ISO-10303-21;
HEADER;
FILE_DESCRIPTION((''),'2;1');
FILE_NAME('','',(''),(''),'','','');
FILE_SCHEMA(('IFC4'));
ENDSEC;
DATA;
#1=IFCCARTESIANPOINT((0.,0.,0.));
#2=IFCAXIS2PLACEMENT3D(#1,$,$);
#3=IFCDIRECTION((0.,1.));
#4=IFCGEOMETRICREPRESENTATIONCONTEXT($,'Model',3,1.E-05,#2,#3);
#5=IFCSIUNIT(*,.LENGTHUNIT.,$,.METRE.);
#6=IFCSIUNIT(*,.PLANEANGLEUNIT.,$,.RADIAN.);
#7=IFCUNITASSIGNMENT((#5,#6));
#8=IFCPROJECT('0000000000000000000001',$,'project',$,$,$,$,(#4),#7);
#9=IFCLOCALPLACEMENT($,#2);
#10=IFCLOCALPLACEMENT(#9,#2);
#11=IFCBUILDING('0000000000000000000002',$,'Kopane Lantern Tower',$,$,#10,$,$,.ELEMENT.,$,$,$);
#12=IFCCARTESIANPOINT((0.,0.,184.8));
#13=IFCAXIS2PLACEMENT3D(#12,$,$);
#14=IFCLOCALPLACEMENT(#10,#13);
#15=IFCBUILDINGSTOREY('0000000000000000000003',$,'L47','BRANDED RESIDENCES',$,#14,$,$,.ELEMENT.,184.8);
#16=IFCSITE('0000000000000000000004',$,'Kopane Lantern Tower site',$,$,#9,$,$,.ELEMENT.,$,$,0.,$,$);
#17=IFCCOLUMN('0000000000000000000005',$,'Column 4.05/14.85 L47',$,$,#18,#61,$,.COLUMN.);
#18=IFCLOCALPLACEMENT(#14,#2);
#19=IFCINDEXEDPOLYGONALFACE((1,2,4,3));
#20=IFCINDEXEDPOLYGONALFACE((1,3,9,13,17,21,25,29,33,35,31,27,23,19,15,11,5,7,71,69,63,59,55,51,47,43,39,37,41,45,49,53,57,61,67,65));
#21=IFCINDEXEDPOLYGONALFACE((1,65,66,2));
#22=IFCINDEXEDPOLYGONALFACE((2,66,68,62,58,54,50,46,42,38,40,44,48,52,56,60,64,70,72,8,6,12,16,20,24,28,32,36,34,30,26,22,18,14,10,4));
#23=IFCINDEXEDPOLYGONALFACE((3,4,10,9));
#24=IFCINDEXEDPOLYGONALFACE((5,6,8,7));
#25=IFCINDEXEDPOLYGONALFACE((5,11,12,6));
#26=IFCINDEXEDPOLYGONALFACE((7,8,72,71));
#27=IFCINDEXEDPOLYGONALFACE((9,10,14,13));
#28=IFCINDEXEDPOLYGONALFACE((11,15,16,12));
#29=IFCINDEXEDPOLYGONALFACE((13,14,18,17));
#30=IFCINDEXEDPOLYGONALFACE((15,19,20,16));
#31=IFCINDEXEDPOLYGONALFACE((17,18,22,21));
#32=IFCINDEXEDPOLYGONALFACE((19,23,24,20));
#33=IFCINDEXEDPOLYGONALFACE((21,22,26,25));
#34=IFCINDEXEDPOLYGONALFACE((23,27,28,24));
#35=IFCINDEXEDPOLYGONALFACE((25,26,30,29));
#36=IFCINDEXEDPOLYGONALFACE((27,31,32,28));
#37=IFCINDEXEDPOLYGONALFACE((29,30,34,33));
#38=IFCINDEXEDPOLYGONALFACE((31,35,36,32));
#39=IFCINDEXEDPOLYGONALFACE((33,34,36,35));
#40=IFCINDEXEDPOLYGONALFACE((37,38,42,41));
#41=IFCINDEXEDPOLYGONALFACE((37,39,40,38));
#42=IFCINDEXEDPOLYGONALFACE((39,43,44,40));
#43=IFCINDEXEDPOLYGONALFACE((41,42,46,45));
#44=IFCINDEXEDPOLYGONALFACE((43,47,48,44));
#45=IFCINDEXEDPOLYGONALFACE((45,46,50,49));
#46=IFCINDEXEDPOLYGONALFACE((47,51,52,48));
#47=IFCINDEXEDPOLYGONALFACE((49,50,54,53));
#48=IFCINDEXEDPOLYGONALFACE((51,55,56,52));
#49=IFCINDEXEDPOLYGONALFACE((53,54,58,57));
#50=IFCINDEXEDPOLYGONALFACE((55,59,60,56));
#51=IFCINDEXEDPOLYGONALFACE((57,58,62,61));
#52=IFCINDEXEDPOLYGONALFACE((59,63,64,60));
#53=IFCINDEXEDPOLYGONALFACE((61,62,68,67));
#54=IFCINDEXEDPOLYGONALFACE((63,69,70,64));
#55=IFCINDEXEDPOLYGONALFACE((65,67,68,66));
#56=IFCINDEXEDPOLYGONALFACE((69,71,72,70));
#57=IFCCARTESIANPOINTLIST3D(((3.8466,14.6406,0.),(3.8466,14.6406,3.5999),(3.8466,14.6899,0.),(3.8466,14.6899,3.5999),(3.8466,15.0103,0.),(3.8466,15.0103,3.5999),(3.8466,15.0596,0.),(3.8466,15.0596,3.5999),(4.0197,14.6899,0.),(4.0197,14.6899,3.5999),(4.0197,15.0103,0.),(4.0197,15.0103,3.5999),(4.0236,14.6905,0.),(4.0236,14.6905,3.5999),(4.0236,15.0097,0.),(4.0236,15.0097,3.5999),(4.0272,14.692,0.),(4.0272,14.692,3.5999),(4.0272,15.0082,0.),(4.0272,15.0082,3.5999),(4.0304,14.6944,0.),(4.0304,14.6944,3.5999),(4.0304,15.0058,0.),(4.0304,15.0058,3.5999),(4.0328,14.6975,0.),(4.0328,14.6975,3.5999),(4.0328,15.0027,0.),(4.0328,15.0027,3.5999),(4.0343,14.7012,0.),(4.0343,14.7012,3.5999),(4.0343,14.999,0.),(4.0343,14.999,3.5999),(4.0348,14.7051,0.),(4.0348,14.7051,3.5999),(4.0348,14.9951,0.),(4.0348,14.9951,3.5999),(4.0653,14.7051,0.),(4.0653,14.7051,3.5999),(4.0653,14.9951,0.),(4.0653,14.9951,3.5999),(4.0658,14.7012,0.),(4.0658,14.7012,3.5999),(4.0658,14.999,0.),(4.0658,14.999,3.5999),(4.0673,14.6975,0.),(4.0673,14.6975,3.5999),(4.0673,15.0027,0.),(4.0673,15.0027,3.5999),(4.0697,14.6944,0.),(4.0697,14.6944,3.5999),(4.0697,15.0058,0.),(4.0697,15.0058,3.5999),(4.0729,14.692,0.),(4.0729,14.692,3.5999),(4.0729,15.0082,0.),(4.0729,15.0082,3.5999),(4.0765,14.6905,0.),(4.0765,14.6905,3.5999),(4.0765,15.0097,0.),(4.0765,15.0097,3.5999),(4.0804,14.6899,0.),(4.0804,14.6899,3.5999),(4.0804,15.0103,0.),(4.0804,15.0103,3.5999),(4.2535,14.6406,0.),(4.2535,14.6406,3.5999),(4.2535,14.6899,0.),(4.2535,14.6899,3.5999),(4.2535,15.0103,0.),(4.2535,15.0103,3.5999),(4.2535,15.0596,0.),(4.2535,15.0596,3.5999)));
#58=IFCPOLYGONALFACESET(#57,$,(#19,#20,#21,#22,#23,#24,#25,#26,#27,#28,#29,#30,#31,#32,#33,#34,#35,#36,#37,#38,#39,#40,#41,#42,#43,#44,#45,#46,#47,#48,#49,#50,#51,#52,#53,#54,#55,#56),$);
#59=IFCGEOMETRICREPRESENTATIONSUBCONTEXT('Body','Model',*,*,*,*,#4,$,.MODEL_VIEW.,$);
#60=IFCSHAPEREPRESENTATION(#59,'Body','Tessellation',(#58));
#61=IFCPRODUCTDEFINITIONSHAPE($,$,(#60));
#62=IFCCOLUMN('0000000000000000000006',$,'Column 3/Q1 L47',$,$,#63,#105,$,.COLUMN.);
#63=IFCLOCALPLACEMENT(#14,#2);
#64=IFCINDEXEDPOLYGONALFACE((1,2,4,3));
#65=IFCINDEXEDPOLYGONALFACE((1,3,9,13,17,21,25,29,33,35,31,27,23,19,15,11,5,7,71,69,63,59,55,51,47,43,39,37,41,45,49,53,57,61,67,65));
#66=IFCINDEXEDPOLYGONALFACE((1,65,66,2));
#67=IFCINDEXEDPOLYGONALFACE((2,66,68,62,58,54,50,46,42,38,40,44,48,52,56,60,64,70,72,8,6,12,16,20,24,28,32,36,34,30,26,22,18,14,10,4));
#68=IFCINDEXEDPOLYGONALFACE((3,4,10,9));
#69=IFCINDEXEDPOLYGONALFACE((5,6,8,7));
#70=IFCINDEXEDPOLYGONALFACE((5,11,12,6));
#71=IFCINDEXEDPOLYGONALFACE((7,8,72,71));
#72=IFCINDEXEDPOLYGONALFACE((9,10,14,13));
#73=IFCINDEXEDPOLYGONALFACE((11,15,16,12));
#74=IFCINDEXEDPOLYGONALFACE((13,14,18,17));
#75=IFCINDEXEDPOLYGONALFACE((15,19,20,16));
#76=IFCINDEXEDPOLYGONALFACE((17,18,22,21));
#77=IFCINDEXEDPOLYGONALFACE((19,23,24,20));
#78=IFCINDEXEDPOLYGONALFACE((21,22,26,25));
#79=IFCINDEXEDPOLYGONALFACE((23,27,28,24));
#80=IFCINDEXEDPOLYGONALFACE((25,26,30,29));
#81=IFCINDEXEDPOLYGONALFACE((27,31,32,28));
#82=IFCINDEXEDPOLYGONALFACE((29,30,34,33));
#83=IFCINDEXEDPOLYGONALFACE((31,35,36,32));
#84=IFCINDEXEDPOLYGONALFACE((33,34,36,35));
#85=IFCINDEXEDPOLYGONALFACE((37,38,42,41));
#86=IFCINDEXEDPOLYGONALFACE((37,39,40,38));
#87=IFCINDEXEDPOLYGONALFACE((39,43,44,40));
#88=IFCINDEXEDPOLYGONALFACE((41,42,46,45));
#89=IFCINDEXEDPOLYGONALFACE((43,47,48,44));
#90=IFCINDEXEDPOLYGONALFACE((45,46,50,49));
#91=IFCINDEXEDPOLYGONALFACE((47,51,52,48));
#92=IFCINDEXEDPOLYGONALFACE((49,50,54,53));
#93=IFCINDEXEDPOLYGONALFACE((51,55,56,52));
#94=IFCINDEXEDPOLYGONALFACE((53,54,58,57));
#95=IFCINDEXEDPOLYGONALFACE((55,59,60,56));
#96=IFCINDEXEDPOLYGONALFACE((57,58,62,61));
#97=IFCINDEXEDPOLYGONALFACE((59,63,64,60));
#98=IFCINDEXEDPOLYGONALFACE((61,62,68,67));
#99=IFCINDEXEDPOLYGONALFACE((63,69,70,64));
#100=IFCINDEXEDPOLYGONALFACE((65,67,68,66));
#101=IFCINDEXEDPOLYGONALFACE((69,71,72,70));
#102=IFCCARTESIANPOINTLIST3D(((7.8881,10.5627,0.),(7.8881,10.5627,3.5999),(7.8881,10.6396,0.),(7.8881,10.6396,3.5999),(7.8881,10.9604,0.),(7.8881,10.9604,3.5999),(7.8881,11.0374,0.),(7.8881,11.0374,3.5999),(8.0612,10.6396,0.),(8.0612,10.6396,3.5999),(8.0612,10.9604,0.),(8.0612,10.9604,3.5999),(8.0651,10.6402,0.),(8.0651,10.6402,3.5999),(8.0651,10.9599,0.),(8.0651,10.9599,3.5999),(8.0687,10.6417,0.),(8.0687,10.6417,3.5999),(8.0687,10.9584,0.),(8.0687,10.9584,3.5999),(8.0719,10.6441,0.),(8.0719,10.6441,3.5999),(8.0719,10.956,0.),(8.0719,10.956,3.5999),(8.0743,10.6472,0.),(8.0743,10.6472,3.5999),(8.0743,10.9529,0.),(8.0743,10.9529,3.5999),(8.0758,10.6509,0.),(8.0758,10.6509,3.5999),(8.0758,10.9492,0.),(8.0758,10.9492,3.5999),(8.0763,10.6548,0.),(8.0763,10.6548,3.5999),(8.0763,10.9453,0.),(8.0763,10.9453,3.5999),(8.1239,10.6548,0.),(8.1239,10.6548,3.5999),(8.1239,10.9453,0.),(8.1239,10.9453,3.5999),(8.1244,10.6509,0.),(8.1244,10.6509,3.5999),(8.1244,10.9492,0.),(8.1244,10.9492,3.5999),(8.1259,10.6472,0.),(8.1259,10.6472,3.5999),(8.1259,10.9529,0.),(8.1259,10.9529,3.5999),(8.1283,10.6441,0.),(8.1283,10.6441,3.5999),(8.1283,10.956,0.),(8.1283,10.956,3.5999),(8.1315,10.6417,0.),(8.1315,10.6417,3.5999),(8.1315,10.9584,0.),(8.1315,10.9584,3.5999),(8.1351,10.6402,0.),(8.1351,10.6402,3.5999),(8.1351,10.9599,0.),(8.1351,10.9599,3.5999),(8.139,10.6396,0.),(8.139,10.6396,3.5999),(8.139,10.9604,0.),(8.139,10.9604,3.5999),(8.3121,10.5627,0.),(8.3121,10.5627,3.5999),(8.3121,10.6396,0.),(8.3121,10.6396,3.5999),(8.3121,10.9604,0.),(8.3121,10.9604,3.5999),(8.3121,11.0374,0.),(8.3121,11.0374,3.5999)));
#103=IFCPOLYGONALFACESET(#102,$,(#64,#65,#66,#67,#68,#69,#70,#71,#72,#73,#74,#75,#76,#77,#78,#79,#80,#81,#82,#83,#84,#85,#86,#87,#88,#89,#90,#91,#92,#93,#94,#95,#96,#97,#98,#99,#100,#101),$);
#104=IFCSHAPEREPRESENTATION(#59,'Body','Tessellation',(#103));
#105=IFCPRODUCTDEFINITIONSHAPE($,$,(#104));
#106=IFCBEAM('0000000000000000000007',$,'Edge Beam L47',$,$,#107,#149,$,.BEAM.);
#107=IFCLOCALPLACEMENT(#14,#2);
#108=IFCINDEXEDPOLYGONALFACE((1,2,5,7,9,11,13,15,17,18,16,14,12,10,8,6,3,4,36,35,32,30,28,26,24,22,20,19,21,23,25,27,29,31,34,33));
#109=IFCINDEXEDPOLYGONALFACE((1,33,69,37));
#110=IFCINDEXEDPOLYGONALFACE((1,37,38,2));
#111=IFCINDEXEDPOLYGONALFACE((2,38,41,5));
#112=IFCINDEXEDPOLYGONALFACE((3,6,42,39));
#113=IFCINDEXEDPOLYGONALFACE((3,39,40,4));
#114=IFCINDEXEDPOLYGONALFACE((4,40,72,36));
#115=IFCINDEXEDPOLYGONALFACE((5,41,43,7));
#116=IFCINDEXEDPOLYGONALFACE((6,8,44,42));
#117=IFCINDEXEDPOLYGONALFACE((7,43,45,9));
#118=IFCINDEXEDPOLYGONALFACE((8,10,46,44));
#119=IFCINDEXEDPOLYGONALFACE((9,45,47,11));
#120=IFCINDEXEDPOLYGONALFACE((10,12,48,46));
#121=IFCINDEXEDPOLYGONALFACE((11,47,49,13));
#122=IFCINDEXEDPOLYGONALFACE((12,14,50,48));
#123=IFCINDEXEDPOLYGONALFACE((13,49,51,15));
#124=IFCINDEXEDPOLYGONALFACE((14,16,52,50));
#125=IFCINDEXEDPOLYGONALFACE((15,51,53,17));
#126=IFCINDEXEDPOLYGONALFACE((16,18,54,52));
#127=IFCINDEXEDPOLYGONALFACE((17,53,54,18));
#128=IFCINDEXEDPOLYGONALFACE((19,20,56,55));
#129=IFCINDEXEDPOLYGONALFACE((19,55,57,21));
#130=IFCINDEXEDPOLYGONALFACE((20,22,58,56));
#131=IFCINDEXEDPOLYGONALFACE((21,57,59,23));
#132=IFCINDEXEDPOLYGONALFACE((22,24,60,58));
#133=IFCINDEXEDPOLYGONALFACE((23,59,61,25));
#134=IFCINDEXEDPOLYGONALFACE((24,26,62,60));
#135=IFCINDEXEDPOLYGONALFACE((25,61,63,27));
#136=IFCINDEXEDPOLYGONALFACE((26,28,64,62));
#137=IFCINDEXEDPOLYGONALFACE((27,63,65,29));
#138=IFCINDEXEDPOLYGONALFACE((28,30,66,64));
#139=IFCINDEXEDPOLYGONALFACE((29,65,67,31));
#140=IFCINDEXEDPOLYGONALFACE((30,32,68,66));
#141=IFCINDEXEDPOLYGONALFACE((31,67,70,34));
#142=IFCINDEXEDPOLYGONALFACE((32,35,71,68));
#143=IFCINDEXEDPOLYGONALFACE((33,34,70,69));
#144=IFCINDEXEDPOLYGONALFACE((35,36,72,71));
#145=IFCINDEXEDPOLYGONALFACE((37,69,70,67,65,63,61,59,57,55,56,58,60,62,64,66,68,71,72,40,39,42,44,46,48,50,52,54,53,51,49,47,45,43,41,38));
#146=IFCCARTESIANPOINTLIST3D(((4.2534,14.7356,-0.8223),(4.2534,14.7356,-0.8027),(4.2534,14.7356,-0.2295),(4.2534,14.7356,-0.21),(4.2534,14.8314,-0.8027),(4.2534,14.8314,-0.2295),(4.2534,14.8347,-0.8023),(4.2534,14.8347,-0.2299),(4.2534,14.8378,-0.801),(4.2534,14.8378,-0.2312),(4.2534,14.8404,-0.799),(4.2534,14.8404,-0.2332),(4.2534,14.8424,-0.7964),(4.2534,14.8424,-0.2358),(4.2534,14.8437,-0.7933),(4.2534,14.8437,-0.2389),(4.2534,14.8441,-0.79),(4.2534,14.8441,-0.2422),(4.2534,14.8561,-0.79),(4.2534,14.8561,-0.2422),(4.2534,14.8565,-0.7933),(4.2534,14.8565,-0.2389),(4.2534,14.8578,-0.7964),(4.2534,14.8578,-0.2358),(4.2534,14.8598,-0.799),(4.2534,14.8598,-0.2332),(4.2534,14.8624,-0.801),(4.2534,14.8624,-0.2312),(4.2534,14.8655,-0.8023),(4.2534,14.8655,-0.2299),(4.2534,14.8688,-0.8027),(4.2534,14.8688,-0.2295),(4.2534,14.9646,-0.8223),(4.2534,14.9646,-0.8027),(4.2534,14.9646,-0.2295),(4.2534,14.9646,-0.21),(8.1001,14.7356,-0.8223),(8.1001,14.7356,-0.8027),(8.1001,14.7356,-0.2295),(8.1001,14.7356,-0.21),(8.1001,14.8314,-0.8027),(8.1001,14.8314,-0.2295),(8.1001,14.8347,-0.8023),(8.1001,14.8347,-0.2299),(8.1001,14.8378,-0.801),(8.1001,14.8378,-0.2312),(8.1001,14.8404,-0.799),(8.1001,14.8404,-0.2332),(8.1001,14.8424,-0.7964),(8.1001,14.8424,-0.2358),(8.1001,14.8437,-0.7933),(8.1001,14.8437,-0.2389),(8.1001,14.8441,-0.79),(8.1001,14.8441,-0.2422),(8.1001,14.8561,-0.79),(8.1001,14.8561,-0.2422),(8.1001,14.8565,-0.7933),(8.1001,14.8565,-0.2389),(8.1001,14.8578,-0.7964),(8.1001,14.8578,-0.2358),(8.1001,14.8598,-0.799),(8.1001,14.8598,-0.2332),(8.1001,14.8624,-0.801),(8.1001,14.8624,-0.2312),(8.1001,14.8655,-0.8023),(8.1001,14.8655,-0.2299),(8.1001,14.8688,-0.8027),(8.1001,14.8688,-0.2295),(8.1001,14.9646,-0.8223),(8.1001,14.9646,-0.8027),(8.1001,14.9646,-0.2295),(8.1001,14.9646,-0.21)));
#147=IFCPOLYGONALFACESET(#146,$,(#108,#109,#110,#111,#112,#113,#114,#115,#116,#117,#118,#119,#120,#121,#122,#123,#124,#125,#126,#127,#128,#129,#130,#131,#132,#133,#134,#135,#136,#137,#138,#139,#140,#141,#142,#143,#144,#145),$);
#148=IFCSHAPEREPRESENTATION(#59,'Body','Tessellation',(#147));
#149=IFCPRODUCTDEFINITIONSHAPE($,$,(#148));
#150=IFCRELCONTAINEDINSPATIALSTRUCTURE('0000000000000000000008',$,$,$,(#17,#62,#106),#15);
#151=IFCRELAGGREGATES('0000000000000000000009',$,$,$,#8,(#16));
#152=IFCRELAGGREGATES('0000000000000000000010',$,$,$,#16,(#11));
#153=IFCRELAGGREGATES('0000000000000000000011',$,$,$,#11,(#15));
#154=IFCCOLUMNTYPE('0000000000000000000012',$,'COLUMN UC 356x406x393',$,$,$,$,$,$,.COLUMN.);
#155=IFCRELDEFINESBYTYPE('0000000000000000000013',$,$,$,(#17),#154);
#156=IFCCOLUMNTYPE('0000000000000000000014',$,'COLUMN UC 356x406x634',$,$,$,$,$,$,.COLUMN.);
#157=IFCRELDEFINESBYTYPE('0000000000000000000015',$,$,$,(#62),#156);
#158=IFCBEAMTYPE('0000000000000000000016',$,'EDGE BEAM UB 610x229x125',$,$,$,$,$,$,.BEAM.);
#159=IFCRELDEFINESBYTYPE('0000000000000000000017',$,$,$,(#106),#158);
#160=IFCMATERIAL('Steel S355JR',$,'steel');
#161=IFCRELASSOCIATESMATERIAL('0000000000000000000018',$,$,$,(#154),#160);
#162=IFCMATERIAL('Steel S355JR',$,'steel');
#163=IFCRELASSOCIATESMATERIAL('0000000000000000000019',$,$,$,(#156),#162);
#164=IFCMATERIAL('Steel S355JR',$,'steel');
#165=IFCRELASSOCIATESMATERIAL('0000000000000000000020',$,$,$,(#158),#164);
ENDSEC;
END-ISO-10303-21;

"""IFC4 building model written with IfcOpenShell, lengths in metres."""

from ifc_helpers import new_model, si_unit, direction, frame, origin, origin_2d, place, context, subcontext, project, spatial, i_section, extrude, material, material_profile, profile_set, type_object, element, save


model = new_model("IFC4")

# Units and contexts
model_context = context("Model", 3, precision=1e-05, world=origin(), true_north=direction((0.0, 1.0)))
body_context = subcontext(model_context, "Body", "Model", "MODEL_VIEW")
ifc_project = project(units=[si_unit("LENGTHUNIT", "METRE"), si_unit("PLANEANGLEUNIT", "RADIAN")], contexts=[model_context])

# Site, building, storey
site_placement = place(None, origin())
site = spatial("IfcSite", under=ifc_project, at=site_placement, Name="Kopane Lantern Tower site", CompositionType="ELEMENT", RefElevation=0.0)
building_placement = place(site_placement, origin())
building = spatial("IfcBuilding", under=site, at=building_placement, Name="Kopane Lantern Tower", CompositionType="ELEMENT")
storey_placement = place(building_placement, frame((0.0, 0.0, 184.8)))
storey = spatial("IfcBuildingStorey", under=building, at=storey_placement, Name="L47", Description="BRANDED RESIDENCES", CompositionType="ELEMENT", Elevation=184.8)

# Columns
ifc_material_1 = material(Name="Steel S355JR", Category="steel")
ifc_material_profile_1 = material_profile(ifc_material_1, i_section(OverallWidth=0.407, OverallDepth=0.4189, WebThickness=0.0305, FlangeThickness=0.0493, FilletRadius=0.0151, at=origin_2d()), Name="UC 356x406x393")
ifc_profile_set_1 = profile_set([ifc_material_profile_1], Name="Steel S355JR")
column_type_1 = type_object("IfcColumnType", Name="COLUMN UC 356x406x393", PredefinedType="COLUMN", material=ifc_profile_set_1)
column_1_placement = place(storey_placement, frame((4.05, 14.8501, 0.0), z_axis=(0.0, 0.0, 1.0), x_axis=(1.0, 0.0, 0.0)))
element("IfcColumn", 1, at=column_1_placement, inside=storey, type_object=column_type_1, Name="Column 4.05/14.85 L47", PredefinedType="COLUMN", context=body_context, shape_type="SweptSolid", body=[
    extrude(i_section(OverallWidth=0.407, OverallDepth=0.4189, WebThickness=0.0305, FlangeThickness=0.0493, FilletRadius=0.0151, at=origin_2d()), origin(), (0.0, 0.0, 1.0), 3.5999),
])
ifc_material_2 = material(Name="Steel S355JR", Category="steel")
ifc_material_profile_2 = material_profile(ifc_material_2, i_section(OverallWidth=0.4241, OverallDepth=0.4746, WebThickness=0.0476, FlangeThickness=0.0769, FilletRadius=0.0151, at=origin_2d()), Name="UC 356x406x634")
ifc_profile_set_2 = profile_set([ifc_material_profile_2], Name="Steel S355JR")
column_type_2 = type_object("IfcColumnType", Name="COLUMN UC 356x406x634", PredefinedType="COLUMN", material=ifc_profile_set_2)
column_2_placement = place(storey_placement, frame((8.1001, 10.8, 0.0), z_axis=(0.0, 0.0, 1.0), x_axis=(1.0, 0.0, 0.0)))
element("IfcColumn", 2, at=column_2_placement, inside=storey, type_object=column_type_2, Name="Column 3/Q1 L47", PredefinedType="COLUMN", context=body_context, shape_type="SweptSolid", body=[
    extrude(i_section(OverallWidth=0.4241, OverallDepth=0.4746, WebThickness=0.0476, FlangeThickness=0.0769, FilletRadius=0.0151, at=origin_2d()), origin(), (0.0, 0.0, 1.0), 3.5999),
])

# Beam
ifc_material_3 = material(Name="Steel S355JR", Category="steel")
ifc_material_profile_3 = material_profile(ifc_material_3, i_section(OverallWidth=0.229, OverallDepth=0.6123, WebThickness=0.012, FlangeThickness=0.0195, FilletRadius=0.0127, at=origin_2d()), Name="UB 610x229x125")
ifc_profile_set_3 = profile_set([ifc_material_profile_3], Name="Steel S355JR")
beam_type_1 = type_object("IfcBeamType", Name="EDGE BEAM UB 610x229x125", PredefinedType="BEAM", material=ifc_profile_set_3)
beam_placement = place(storey_placement, frame((4.2534, 14.8501, -0.5161), z_axis=(1.0, 0.0, 0.0), x_axis=(0.0, 1.0, 0.0)))
element("IfcBeam", 3, at=beam_placement, inside=storey, type_object=beam_type_1, Name="Edge Beam L47", PredefinedType="BEAM", context=body_context, shape_type="SweptSolid", body=[
    extrude(i_section(OverallWidth=0.229, OverallDepth=0.6123, WebThickness=0.012, FlangeThickness=0.0195, FilletRadius=0.0127, at=origin_2d()), origin(), (0.0, 0.0, 1.0), 3.8467),
])

save(model, "model.ifc")
